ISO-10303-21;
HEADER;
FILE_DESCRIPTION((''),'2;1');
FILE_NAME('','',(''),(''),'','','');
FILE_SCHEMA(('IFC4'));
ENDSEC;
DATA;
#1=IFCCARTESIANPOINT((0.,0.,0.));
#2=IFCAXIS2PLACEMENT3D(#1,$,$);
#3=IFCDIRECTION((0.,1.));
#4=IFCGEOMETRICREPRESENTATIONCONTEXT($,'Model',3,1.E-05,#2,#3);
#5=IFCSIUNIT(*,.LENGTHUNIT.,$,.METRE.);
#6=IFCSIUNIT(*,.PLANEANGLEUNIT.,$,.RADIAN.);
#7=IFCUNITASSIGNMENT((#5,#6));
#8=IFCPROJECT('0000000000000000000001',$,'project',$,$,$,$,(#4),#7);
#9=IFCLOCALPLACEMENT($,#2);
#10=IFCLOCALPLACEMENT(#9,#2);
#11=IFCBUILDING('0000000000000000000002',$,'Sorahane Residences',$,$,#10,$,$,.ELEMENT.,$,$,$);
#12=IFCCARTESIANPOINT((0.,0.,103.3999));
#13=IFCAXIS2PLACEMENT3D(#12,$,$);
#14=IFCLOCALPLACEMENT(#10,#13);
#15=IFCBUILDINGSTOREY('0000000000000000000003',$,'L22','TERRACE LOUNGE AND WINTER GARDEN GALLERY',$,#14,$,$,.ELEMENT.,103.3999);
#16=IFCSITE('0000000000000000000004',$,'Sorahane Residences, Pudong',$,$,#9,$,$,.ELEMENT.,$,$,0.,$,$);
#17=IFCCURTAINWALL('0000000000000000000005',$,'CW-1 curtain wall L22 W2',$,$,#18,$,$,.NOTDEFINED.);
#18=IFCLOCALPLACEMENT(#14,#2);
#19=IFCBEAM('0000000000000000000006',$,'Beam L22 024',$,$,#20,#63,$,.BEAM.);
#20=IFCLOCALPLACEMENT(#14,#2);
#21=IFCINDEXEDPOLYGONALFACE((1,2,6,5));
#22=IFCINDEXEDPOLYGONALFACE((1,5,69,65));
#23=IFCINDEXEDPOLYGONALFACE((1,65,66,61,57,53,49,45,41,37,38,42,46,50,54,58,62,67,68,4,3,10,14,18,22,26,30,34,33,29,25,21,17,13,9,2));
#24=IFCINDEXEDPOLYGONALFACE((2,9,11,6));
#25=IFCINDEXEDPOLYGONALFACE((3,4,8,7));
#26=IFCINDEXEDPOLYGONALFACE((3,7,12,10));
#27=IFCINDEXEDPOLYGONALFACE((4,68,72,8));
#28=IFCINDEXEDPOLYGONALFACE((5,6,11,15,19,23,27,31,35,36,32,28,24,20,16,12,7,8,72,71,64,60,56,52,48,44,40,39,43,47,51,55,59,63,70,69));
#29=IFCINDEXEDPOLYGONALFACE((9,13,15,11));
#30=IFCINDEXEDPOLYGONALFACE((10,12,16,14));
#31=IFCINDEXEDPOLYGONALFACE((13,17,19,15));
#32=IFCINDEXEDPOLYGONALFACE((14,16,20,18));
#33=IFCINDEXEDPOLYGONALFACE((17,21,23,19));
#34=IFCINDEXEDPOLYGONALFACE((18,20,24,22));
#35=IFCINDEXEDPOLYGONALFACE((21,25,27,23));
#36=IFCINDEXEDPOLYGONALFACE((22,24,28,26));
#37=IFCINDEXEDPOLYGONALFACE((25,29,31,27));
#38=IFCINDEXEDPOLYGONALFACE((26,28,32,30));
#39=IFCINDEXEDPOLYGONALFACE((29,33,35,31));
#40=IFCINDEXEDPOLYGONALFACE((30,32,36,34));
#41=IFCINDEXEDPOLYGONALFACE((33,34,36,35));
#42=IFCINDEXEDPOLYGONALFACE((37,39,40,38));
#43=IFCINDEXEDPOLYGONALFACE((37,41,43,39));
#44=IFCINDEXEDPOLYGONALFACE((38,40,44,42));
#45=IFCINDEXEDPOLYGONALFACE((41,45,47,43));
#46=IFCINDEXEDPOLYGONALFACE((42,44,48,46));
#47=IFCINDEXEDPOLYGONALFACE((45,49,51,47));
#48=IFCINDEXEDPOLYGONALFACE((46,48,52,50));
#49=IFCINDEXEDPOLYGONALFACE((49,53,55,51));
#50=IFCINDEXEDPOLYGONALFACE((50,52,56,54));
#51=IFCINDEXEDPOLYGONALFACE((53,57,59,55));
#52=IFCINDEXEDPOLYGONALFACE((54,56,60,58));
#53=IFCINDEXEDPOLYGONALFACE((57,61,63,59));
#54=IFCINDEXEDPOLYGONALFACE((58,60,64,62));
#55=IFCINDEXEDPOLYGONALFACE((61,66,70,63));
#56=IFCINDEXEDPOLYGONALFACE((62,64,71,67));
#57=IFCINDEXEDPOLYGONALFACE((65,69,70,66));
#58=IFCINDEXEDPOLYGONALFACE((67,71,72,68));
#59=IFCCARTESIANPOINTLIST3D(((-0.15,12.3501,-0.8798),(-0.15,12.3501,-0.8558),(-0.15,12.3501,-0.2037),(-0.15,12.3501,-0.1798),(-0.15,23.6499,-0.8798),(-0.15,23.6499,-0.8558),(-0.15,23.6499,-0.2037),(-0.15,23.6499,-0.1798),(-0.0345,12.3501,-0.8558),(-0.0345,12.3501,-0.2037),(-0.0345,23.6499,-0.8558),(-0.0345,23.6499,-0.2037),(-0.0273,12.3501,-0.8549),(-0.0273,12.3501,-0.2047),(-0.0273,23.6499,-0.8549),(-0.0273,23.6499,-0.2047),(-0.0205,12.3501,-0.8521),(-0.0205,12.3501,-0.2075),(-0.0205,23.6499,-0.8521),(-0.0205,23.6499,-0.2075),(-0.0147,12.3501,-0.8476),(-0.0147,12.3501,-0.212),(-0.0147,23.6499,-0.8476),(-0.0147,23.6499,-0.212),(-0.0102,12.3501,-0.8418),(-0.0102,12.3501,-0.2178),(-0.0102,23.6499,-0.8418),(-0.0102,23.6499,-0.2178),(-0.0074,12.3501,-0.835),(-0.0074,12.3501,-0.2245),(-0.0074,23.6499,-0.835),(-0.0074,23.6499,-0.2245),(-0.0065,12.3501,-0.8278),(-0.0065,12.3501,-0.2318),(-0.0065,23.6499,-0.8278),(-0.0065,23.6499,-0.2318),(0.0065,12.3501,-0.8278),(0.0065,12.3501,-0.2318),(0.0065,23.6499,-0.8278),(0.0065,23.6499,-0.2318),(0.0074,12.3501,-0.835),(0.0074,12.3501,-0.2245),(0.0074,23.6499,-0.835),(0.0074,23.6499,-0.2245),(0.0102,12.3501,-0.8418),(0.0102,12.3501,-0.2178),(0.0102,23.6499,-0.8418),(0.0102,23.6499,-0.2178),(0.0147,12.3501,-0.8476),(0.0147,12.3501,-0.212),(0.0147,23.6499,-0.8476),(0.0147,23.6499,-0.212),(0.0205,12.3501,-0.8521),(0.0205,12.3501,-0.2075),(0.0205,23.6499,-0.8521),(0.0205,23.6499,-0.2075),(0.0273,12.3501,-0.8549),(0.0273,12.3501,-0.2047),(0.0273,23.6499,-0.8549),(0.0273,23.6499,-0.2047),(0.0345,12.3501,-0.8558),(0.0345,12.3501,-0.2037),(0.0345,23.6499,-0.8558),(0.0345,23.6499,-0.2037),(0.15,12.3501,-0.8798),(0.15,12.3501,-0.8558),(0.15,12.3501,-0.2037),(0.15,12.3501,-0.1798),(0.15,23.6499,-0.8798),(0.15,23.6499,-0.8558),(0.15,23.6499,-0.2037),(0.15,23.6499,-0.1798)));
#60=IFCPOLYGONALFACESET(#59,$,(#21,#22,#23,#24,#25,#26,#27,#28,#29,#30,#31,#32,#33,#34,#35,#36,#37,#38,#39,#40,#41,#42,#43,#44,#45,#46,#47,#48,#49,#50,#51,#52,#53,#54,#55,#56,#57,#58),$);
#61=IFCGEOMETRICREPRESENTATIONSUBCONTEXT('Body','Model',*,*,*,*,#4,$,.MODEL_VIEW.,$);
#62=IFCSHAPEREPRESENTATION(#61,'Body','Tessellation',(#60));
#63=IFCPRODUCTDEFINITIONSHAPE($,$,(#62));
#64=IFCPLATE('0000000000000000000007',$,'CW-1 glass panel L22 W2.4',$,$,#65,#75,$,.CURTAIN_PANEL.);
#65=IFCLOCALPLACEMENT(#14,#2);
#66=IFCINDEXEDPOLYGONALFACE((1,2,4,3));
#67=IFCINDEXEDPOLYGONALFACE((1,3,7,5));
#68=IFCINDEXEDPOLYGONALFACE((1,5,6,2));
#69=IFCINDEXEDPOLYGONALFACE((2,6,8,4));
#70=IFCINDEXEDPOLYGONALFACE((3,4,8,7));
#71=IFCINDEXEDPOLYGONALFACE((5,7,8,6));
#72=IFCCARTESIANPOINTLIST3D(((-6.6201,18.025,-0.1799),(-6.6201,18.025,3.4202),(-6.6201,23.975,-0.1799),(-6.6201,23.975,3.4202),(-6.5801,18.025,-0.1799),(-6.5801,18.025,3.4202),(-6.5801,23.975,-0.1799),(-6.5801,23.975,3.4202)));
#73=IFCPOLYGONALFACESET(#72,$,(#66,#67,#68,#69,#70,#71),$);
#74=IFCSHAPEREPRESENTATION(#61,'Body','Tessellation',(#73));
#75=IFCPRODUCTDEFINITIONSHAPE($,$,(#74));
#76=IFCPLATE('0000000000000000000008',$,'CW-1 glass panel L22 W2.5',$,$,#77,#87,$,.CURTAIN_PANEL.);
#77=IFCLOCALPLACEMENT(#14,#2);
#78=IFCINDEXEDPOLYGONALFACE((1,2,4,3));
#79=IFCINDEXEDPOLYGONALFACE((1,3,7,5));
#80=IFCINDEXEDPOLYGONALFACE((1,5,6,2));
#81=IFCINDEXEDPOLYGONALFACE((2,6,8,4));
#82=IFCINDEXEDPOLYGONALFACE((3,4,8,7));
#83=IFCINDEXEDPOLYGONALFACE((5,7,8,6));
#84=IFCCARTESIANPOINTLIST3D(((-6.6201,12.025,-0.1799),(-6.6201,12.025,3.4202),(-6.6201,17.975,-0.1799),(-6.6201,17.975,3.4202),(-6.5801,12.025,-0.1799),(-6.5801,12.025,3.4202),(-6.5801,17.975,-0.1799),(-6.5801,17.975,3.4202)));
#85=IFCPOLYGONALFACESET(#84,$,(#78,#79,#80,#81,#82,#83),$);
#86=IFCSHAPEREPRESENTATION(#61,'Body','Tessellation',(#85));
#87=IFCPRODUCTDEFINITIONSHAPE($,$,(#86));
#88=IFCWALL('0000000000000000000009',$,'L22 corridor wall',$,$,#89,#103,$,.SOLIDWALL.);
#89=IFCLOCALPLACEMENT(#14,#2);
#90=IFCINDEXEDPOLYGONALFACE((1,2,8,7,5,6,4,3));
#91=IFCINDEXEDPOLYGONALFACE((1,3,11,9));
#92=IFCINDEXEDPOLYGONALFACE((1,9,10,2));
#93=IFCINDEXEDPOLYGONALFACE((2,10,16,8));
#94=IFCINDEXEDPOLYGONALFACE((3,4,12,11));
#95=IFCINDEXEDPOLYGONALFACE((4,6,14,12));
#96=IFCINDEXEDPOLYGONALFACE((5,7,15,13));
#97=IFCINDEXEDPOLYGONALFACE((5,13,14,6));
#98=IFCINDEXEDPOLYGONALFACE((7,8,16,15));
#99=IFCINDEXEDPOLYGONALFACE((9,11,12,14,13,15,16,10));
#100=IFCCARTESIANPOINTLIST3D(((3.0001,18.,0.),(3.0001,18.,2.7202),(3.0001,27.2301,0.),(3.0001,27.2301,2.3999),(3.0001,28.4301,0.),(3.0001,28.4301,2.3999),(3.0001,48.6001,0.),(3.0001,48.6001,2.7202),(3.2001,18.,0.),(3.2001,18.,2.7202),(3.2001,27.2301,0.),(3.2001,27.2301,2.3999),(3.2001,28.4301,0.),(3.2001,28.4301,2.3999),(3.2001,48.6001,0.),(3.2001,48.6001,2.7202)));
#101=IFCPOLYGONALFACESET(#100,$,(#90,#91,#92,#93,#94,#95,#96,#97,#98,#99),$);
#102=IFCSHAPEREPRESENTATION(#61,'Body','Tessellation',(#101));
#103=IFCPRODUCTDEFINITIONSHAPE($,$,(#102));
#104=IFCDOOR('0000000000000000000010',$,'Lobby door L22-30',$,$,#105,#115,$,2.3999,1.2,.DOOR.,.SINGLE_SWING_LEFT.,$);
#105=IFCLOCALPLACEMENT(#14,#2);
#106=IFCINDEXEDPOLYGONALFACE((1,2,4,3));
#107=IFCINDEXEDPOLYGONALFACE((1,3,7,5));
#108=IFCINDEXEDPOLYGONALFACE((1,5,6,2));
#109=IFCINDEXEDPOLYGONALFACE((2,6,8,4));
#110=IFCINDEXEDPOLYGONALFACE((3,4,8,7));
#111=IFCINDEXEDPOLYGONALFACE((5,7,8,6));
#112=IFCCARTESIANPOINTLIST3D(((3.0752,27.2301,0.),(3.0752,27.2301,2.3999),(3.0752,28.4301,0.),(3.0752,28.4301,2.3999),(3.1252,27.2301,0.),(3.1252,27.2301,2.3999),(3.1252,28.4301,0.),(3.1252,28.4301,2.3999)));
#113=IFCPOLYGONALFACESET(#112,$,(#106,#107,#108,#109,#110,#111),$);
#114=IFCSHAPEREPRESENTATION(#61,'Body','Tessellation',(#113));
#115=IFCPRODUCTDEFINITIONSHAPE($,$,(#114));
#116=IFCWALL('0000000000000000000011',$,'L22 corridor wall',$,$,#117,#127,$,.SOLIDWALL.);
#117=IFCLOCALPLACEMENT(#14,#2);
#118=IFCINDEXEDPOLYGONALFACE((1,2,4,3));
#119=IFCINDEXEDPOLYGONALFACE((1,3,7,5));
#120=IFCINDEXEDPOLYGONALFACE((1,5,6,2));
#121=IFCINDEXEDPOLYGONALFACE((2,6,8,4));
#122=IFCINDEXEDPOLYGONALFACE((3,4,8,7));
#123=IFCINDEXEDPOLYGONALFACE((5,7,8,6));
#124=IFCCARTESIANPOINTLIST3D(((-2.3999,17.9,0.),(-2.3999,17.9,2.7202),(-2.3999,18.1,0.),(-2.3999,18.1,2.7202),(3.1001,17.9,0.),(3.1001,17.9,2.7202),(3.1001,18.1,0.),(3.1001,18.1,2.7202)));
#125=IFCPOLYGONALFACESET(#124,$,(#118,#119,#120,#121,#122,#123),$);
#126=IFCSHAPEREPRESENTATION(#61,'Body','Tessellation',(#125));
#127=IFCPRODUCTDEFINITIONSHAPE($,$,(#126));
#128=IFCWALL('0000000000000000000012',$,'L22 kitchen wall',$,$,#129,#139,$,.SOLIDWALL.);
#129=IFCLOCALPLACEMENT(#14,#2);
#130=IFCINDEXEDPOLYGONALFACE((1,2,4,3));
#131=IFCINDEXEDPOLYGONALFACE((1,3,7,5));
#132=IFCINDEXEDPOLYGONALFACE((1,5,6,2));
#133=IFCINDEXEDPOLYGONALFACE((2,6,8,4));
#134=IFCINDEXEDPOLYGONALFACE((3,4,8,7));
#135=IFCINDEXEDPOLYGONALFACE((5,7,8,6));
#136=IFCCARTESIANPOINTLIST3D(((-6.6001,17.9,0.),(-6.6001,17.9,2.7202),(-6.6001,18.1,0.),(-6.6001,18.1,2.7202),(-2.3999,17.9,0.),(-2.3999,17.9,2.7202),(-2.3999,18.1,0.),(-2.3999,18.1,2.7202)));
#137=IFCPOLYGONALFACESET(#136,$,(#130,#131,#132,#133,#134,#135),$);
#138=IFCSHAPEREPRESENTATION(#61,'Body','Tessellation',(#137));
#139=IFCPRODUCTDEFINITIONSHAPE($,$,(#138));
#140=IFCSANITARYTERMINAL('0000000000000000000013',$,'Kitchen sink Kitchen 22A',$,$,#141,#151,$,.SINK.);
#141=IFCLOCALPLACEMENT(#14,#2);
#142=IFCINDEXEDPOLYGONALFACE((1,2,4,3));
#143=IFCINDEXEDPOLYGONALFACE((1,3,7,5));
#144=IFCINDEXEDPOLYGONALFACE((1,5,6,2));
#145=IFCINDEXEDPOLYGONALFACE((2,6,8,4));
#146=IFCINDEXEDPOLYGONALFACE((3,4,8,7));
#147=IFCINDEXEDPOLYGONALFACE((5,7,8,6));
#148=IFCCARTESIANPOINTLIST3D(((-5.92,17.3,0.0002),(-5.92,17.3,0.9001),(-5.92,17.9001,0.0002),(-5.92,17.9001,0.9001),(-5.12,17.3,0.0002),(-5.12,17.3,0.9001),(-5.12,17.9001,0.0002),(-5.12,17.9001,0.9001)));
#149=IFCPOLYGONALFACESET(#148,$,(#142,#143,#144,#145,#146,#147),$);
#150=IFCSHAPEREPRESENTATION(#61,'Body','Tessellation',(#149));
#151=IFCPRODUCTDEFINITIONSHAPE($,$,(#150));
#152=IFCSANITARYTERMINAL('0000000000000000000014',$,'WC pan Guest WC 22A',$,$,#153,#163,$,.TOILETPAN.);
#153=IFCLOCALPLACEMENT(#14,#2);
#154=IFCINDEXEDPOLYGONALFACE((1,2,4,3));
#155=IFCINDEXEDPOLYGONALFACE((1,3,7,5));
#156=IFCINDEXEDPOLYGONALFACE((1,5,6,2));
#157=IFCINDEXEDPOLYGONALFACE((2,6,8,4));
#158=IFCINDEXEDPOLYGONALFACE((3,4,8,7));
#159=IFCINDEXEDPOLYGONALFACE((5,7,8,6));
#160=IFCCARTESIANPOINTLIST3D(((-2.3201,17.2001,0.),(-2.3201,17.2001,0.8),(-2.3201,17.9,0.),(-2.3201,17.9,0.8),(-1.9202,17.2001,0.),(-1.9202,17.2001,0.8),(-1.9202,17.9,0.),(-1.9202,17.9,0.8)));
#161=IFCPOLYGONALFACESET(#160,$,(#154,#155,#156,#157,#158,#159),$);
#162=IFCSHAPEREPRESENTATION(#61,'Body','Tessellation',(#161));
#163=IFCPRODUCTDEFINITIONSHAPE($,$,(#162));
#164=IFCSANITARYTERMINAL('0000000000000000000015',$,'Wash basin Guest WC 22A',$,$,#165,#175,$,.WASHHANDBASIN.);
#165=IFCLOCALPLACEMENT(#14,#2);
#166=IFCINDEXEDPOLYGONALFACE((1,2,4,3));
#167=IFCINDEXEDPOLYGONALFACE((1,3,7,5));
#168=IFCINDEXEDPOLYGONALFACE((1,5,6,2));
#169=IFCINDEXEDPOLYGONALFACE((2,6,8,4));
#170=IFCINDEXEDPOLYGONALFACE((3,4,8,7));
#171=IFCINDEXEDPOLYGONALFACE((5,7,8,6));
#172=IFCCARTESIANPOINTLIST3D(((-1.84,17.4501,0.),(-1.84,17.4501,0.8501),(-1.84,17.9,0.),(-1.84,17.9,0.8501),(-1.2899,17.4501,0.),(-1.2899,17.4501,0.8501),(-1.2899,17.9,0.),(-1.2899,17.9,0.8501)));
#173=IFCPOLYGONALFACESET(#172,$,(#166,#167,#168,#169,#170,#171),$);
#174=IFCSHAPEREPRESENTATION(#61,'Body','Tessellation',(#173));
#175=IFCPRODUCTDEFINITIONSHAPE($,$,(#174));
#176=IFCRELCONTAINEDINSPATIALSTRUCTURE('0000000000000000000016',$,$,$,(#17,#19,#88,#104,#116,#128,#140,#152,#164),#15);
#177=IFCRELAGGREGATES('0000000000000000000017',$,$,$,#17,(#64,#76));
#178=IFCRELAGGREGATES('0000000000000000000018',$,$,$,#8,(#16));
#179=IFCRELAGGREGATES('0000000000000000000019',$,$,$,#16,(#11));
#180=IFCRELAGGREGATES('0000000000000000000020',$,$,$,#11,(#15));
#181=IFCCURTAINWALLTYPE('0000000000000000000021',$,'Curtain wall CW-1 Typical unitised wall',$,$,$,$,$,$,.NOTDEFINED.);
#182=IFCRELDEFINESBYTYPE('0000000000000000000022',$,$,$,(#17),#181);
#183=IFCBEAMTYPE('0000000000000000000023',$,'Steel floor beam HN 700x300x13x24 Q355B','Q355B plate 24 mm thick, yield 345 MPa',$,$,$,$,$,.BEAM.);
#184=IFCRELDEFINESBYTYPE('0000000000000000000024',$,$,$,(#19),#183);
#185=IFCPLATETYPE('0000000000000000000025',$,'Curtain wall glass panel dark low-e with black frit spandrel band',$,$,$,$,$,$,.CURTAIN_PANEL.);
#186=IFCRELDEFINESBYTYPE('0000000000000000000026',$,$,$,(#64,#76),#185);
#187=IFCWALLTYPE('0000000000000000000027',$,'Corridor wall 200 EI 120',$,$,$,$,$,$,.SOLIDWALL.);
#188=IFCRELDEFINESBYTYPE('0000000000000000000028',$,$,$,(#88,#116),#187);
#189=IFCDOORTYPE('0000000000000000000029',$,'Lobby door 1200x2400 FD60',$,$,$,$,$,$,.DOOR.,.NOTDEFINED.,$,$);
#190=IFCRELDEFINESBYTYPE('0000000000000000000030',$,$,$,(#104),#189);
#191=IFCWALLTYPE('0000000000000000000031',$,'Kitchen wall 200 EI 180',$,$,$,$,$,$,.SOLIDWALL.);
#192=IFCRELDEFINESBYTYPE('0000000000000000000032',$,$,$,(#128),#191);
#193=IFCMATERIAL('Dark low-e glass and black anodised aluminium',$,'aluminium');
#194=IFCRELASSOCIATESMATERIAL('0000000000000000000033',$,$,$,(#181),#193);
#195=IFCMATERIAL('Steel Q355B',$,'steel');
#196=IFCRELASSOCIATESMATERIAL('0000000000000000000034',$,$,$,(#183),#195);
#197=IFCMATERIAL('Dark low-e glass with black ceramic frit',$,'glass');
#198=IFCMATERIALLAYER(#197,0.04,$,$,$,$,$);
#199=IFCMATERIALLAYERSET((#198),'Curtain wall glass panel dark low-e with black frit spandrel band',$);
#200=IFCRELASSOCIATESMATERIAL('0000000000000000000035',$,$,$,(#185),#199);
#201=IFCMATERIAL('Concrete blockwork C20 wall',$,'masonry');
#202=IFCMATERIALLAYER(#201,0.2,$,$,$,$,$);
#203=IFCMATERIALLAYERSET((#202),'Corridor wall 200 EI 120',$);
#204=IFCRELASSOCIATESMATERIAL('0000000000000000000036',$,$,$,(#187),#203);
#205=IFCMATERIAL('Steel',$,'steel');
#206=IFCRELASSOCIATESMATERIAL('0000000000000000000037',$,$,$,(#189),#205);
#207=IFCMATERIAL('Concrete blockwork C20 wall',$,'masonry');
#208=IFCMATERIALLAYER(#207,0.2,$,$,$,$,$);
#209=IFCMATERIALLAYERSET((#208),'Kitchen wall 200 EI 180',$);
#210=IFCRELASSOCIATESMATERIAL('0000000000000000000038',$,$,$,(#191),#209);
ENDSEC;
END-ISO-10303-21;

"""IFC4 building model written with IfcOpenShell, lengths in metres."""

from ifc_helpers import new_model, si_unit, direction, frame, frame_2d, origin, origin_2d, place, context, subcontext, project, spatial, rectangle, i_section, extrude, material, layer, layer_set, material_profile, profile_set, type_object, element, fill, aggregate, save


model = new_model("IFC4")

# Units and contexts
model_context = context("Model", 3, precision=1e-05, world=origin(), true_north=direction((0.0, 1.0)))
body_context = subcontext(model_context, "Body", "Model", "MODEL_VIEW")
ifc_project = project(units=[si_unit("LENGTHUNIT", "METRE"), si_unit("PLANEANGLEUNIT", "RADIAN")], contexts=[model_context])

# Site, building, storey
site_placement = place(None, origin())
site = spatial("IfcSite", under=ifc_project, at=site_placement, Name="Sorahane Residences, Pudong", CompositionType="ELEMENT", RefElevation=0.0)
building_placement = place(site_placement, origin())
building = spatial("IfcBuilding", under=site, at=building_placement, Name="Sorahane Residences", CompositionType="ELEMENT")
storey_placement = place(building_placement, frame((0.0, 0.0, 103.3999)))
storey = spatial("IfcBuildingStorey", under=building, at=storey_placement, Name="L22", Description="TERRACE LOUNGE AND WINTER GARDEN GALLERY", CompositionType="ELEMENT", Elevation=103.3999)

# Curtain wall
ifc_material_1 = material(Name="Dark low-e glass and black anodised aluminium", Category="aluminium")
curtain_wall_type = type_object("IfcCurtainWallType", Name="Curtain wall CW-1 Typical unitised wall", PredefinedType="NOTDEFINED", material=ifc_material_1)
curtain_wall_placement = place(storey_placement, origin())
curtain_wall = element("IfcCurtainWall", 1, at=curtain_wall_placement, inside=storey, type_object=curtain_wall_type, Name="CW-1 curtain wall L22 W2", PredefinedType="NOTDEFINED")

# Beam
ifc_material_2 = material(Name="Steel Q355B", Category="steel")
ifc_material_profile_1 = material_profile(ifc_material_2, i_section(OverallWidth=0.3, OverallDepth=0.7, WebThickness=0.0129, FlangeThickness=0.0239, FilletRadius=0.0281, at=origin_2d()), Name="HN 700x300x13x24")
ifc_profile_set_1 = profile_set([ifc_material_profile_1], Name="Steel Q355B")
beam_type_1 = type_object("IfcBeamType", Name="Steel floor beam HN 700x300x13x24 Q355B", Description="Q355B plate 24 mm thick, yield 345 MPa", PredefinedType="BEAM", material=ifc_profile_set_1)
beam_1_placement = place(storey_placement, frame((0.0, 12.3501, -0.5298), z_axis=(0.0, 1.0, 0.0), x_axis=(-1.0, 0.0, 0.0)))
element("IfcBeam", 2, at=beam_1_placement, inside=storey, type_object=beam_type_1, Name="Beam L22 024", PredefinedType="BEAM", context=body_context, shape_type="SweptSolid", body=[
    extrude(i_section(OverallWidth=0.3, OverallDepth=0.7, WebThickness=0.0129, FlangeThickness=0.0239, FilletRadius=0.0281, at=origin_2d()), origin(), (0.0, 0.0, 1.0), 11.2998),
])

# Plates
ifc_material_3 = material(Name="Dark low-e glass with black ceramic frit", Category="glass")
ifc_layer_1 = layer(ifc_material_3, 0.04)
ifc_layer_set_1 = layer_set([ifc_layer_1], Name="Curtain wall glass panel dark low-e with black frit spandrel band")
plate_type = type_object("IfcPlateType", Name="Curtain wall glass panel dark low-e with black frit spandrel band", PredefinedType="CURTAIN_PANEL", material=ifc_layer_set_1)
plate_1_placement = place(storey_placement, frame((-6.6001, 21.0, -0.1799), z_axis=(0.0, 0.0, 1.0), x_axis=(0.0, -1.0, 0.0)))
plate_1 = element("IfcPlate", 3, at=plate_1_placement, type_object=plate_type, Name="CW-1 glass panel L22 W2.4", PredefinedType="CURTAIN_PANEL", context=body_context, shape_type="SweptSolid", body=[
    extrude(rectangle(XDim=5.95, YDim=0.04, at=origin_2d()), origin(), (0.0, 0.0, 1.0), 3.6001),
])
plate_2_placement = place(storey_placement, frame((-6.6001, 15.0, -0.1799), z_axis=(0.0, 0.0, 1.0), x_axis=(0.0, -1.0, 0.0)))
plate_2 = element("IfcPlate", 4, at=plate_2_placement, type_object=plate_type, Name="CW-1 glass panel L22 W2.5", PredefinedType="CURTAIN_PANEL", context=body_context, shape_type="SweptSolid", body=[
    extrude(rectangle(XDim=5.95, YDim=0.04, at=origin_2d()), origin(), (0.0, 0.0, 1.0), 3.6001),
])
aggregate(curtain_wall, [plate_1, plate_2])

# Wall, opening, door
ifc_material_4 = material(Name="Concrete blockwork C20 wall", Category="masonry")
ifc_layer_2 = layer(ifc_material_4, 0.2)
ifc_layer_set_2 = layer_set([ifc_layer_2], Name="Corridor wall 200 EI 120")
wall_type_1 = type_object("IfcWallType", Name="Corridor wall 200 EI 120", PredefinedType="SOLIDWALL", material=ifc_layer_set_2)
wall_1_placement = place(storey_placement, frame((3.1001, 18.0, 0.0), z_axis=(0.0, 0.0, 1.0), x_axis=(0.0, 1.0, 0.0)))
wall_1 = element("IfcWall", 5, at=wall_1_placement, inside=storey, type_object=wall_type_1, Name="L22 corridor wall", PredefinedType="SOLIDWALL", context=body_context, shape_type="SweptSolid", body=[
    extrude(rectangle(XDim=30.6001, YDim=0.2, at=frame_2d((15.3, 0.0))), origin(), (0.0, 0.0, 1.0), 2.7202),
])
opening_placement = place(wall_1_placement, frame((9.23, 0.0, 0.0)))
opening = element("IfcOpeningElement", 6, at=opening_placement, cuts=wall_1, PredefinedType="OPENING", context=body_context, shape_type="SweptSolid", body=[
    extrude(rectangle(XDim=1.2, YDim=2.3999, at=frame_2d((0.6001, 1.2))), frame((0.0, 0.1099, 0.0), z_axis=(0.0, -1.0, 0.0), x_axis=(1.0, 0.0, 0.0)), (0.0, 0.0, 1.0), 0.22),
])
ifc_material_5 = material(Name="Steel", Category="steel")
door_type = type_object("IfcDoorType", Name="Lobby door 1200x2400 FD60", OperationType="NOTDEFINED", PredefinedType="DOOR", material=ifc_material_5)
door_placement = place(opening_placement, origin())
door = element("IfcDoor", 7, at=door_placement, inside=storey, type_object=door_type, Name="Lobby door L22-30", OperationType="SINGLE_SWING_LEFT", OverallHeight=2.3999, OverallWidth=1.2, PredefinedType="DOOR", context=body_context, shape_type="SweptSolid", body=[
    extrude(rectangle(XDim=1.2, YDim=2.3999, at=frame_2d((0.6001, 1.2))), frame((0.0, 0.0249, 0.0), z_axis=(0.0, -1.0, 0.0), x_axis=(1.0, 0.0, 0.0)), (0.0, 0.0, 1.0), 0.05),
])
fill(opening, door)

# Walls
wall_2_placement = place(storey_placement, frame((-2.3999, 18.0, 0.0), z_axis=(0.0, 0.0, 1.0), x_axis=(1.0, 0.0, 0.0)))
element("IfcWall", 8, at=wall_2_placement, inside=storey, type_object=wall_type_1, Name="L22 corridor wall", PredefinedType="SOLIDWALL", context=body_context, shape_type="SweptSolid", body=[
    extrude(rectangle(XDim=5.5, YDim=0.2, at=frame_2d((2.75, 0.0))), origin(), (0.0, 0.0, 1.0), 2.7202),
])
ifc_material_6 = material(Name="Concrete blockwork C20 wall", Category="masonry")
ifc_layer_3 = layer(ifc_material_6, 0.2)
ifc_layer_set_3 = layer_set([ifc_layer_3], Name="Kitchen wall 200 EI 180")
wall_type_2 = type_object("IfcWallType", Name="Kitchen wall 200 EI 180", PredefinedType="SOLIDWALL", material=ifc_layer_set_3)
wall_3_placement = place(storey_placement, frame((-6.6001, 18.0, 0.0), z_axis=(0.0, 0.0, 1.0), x_axis=(1.0, 0.0, 0.0)))
element("IfcWall", 9, at=wall_3_placement, inside=storey, type_object=wall_type_2, Name="L22 kitchen wall", PredefinedType="SOLIDWALL", context=body_context, shape_type="SweptSolid", body=[
    extrude(rectangle(XDim=4.2002, YDim=0.2, at=frame_2d((2.1001, 0.0))), origin(), (0.0, 0.0, 1.0), 2.7202),
])

# Sanitary terminals
sanitary_terminal_1_placement = place(storey_placement, frame((-5.52, 17.6001, 0.0002), z_axis=(0.0, 0.0, 1.0), x_axis=(1.0, 0.0, 0.0)))
element("IfcSanitaryTerminal", 10, at=sanitary_terminal_1_placement, inside=storey, Name="Kitchen sink Kitchen 22A", PredefinedType="SINK", context=body_context, shape_type="SweptSolid", body=[
    extrude(rectangle(XDim=0.8, YDim=0.6001, at=origin_2d()), origin(), (0.0, 0.0, 1.0), 0.8999),
])
sanitary_terminal_2_placement = place(storey_placement, frame((-2.1201, 17.55, 0.0), z_axis=(0.0, 0.0, 1.0), x_axis=(1.0, 0.0, 0.0)))
element("IfcSanitaryTerminal", 11, at=sanitary_terminal_2_placement, inside=storey, Name="WC pan Guest WC 22A", PredefinedType="TOILETPAN", context=body_context, shape_type="SweptSolid", body=[
    extrude(rectangle(XDim=0.3999, YDim=0.7, at=origin_2d()), origin(), (0.0, 0.0, 1.0), 0.8),
])
sanitary_terminal_3_placement = place(storey_placement, frame((-1.5649, 17.675, 0.0), z_axis=(0.0, 0.0, 1.0), x_axis=(1.0, 0.0, 0.0)))
element("IfcSanitaryTerminal", 12, at=sanitary_terminal_3_placement, inside=storey, Name="Wash basin Guest WC 22A", PredefinedType="WASHHANDBASIN", context=body_context, shape_type="SweptSolid", body=[
    extrude(rectangle(XDim=0.55, YDim=0.45, at=origin_2d()), origin(), (0.0, 0.0, 1.0), 0.8501),
])

save(model, "model.ifc")
